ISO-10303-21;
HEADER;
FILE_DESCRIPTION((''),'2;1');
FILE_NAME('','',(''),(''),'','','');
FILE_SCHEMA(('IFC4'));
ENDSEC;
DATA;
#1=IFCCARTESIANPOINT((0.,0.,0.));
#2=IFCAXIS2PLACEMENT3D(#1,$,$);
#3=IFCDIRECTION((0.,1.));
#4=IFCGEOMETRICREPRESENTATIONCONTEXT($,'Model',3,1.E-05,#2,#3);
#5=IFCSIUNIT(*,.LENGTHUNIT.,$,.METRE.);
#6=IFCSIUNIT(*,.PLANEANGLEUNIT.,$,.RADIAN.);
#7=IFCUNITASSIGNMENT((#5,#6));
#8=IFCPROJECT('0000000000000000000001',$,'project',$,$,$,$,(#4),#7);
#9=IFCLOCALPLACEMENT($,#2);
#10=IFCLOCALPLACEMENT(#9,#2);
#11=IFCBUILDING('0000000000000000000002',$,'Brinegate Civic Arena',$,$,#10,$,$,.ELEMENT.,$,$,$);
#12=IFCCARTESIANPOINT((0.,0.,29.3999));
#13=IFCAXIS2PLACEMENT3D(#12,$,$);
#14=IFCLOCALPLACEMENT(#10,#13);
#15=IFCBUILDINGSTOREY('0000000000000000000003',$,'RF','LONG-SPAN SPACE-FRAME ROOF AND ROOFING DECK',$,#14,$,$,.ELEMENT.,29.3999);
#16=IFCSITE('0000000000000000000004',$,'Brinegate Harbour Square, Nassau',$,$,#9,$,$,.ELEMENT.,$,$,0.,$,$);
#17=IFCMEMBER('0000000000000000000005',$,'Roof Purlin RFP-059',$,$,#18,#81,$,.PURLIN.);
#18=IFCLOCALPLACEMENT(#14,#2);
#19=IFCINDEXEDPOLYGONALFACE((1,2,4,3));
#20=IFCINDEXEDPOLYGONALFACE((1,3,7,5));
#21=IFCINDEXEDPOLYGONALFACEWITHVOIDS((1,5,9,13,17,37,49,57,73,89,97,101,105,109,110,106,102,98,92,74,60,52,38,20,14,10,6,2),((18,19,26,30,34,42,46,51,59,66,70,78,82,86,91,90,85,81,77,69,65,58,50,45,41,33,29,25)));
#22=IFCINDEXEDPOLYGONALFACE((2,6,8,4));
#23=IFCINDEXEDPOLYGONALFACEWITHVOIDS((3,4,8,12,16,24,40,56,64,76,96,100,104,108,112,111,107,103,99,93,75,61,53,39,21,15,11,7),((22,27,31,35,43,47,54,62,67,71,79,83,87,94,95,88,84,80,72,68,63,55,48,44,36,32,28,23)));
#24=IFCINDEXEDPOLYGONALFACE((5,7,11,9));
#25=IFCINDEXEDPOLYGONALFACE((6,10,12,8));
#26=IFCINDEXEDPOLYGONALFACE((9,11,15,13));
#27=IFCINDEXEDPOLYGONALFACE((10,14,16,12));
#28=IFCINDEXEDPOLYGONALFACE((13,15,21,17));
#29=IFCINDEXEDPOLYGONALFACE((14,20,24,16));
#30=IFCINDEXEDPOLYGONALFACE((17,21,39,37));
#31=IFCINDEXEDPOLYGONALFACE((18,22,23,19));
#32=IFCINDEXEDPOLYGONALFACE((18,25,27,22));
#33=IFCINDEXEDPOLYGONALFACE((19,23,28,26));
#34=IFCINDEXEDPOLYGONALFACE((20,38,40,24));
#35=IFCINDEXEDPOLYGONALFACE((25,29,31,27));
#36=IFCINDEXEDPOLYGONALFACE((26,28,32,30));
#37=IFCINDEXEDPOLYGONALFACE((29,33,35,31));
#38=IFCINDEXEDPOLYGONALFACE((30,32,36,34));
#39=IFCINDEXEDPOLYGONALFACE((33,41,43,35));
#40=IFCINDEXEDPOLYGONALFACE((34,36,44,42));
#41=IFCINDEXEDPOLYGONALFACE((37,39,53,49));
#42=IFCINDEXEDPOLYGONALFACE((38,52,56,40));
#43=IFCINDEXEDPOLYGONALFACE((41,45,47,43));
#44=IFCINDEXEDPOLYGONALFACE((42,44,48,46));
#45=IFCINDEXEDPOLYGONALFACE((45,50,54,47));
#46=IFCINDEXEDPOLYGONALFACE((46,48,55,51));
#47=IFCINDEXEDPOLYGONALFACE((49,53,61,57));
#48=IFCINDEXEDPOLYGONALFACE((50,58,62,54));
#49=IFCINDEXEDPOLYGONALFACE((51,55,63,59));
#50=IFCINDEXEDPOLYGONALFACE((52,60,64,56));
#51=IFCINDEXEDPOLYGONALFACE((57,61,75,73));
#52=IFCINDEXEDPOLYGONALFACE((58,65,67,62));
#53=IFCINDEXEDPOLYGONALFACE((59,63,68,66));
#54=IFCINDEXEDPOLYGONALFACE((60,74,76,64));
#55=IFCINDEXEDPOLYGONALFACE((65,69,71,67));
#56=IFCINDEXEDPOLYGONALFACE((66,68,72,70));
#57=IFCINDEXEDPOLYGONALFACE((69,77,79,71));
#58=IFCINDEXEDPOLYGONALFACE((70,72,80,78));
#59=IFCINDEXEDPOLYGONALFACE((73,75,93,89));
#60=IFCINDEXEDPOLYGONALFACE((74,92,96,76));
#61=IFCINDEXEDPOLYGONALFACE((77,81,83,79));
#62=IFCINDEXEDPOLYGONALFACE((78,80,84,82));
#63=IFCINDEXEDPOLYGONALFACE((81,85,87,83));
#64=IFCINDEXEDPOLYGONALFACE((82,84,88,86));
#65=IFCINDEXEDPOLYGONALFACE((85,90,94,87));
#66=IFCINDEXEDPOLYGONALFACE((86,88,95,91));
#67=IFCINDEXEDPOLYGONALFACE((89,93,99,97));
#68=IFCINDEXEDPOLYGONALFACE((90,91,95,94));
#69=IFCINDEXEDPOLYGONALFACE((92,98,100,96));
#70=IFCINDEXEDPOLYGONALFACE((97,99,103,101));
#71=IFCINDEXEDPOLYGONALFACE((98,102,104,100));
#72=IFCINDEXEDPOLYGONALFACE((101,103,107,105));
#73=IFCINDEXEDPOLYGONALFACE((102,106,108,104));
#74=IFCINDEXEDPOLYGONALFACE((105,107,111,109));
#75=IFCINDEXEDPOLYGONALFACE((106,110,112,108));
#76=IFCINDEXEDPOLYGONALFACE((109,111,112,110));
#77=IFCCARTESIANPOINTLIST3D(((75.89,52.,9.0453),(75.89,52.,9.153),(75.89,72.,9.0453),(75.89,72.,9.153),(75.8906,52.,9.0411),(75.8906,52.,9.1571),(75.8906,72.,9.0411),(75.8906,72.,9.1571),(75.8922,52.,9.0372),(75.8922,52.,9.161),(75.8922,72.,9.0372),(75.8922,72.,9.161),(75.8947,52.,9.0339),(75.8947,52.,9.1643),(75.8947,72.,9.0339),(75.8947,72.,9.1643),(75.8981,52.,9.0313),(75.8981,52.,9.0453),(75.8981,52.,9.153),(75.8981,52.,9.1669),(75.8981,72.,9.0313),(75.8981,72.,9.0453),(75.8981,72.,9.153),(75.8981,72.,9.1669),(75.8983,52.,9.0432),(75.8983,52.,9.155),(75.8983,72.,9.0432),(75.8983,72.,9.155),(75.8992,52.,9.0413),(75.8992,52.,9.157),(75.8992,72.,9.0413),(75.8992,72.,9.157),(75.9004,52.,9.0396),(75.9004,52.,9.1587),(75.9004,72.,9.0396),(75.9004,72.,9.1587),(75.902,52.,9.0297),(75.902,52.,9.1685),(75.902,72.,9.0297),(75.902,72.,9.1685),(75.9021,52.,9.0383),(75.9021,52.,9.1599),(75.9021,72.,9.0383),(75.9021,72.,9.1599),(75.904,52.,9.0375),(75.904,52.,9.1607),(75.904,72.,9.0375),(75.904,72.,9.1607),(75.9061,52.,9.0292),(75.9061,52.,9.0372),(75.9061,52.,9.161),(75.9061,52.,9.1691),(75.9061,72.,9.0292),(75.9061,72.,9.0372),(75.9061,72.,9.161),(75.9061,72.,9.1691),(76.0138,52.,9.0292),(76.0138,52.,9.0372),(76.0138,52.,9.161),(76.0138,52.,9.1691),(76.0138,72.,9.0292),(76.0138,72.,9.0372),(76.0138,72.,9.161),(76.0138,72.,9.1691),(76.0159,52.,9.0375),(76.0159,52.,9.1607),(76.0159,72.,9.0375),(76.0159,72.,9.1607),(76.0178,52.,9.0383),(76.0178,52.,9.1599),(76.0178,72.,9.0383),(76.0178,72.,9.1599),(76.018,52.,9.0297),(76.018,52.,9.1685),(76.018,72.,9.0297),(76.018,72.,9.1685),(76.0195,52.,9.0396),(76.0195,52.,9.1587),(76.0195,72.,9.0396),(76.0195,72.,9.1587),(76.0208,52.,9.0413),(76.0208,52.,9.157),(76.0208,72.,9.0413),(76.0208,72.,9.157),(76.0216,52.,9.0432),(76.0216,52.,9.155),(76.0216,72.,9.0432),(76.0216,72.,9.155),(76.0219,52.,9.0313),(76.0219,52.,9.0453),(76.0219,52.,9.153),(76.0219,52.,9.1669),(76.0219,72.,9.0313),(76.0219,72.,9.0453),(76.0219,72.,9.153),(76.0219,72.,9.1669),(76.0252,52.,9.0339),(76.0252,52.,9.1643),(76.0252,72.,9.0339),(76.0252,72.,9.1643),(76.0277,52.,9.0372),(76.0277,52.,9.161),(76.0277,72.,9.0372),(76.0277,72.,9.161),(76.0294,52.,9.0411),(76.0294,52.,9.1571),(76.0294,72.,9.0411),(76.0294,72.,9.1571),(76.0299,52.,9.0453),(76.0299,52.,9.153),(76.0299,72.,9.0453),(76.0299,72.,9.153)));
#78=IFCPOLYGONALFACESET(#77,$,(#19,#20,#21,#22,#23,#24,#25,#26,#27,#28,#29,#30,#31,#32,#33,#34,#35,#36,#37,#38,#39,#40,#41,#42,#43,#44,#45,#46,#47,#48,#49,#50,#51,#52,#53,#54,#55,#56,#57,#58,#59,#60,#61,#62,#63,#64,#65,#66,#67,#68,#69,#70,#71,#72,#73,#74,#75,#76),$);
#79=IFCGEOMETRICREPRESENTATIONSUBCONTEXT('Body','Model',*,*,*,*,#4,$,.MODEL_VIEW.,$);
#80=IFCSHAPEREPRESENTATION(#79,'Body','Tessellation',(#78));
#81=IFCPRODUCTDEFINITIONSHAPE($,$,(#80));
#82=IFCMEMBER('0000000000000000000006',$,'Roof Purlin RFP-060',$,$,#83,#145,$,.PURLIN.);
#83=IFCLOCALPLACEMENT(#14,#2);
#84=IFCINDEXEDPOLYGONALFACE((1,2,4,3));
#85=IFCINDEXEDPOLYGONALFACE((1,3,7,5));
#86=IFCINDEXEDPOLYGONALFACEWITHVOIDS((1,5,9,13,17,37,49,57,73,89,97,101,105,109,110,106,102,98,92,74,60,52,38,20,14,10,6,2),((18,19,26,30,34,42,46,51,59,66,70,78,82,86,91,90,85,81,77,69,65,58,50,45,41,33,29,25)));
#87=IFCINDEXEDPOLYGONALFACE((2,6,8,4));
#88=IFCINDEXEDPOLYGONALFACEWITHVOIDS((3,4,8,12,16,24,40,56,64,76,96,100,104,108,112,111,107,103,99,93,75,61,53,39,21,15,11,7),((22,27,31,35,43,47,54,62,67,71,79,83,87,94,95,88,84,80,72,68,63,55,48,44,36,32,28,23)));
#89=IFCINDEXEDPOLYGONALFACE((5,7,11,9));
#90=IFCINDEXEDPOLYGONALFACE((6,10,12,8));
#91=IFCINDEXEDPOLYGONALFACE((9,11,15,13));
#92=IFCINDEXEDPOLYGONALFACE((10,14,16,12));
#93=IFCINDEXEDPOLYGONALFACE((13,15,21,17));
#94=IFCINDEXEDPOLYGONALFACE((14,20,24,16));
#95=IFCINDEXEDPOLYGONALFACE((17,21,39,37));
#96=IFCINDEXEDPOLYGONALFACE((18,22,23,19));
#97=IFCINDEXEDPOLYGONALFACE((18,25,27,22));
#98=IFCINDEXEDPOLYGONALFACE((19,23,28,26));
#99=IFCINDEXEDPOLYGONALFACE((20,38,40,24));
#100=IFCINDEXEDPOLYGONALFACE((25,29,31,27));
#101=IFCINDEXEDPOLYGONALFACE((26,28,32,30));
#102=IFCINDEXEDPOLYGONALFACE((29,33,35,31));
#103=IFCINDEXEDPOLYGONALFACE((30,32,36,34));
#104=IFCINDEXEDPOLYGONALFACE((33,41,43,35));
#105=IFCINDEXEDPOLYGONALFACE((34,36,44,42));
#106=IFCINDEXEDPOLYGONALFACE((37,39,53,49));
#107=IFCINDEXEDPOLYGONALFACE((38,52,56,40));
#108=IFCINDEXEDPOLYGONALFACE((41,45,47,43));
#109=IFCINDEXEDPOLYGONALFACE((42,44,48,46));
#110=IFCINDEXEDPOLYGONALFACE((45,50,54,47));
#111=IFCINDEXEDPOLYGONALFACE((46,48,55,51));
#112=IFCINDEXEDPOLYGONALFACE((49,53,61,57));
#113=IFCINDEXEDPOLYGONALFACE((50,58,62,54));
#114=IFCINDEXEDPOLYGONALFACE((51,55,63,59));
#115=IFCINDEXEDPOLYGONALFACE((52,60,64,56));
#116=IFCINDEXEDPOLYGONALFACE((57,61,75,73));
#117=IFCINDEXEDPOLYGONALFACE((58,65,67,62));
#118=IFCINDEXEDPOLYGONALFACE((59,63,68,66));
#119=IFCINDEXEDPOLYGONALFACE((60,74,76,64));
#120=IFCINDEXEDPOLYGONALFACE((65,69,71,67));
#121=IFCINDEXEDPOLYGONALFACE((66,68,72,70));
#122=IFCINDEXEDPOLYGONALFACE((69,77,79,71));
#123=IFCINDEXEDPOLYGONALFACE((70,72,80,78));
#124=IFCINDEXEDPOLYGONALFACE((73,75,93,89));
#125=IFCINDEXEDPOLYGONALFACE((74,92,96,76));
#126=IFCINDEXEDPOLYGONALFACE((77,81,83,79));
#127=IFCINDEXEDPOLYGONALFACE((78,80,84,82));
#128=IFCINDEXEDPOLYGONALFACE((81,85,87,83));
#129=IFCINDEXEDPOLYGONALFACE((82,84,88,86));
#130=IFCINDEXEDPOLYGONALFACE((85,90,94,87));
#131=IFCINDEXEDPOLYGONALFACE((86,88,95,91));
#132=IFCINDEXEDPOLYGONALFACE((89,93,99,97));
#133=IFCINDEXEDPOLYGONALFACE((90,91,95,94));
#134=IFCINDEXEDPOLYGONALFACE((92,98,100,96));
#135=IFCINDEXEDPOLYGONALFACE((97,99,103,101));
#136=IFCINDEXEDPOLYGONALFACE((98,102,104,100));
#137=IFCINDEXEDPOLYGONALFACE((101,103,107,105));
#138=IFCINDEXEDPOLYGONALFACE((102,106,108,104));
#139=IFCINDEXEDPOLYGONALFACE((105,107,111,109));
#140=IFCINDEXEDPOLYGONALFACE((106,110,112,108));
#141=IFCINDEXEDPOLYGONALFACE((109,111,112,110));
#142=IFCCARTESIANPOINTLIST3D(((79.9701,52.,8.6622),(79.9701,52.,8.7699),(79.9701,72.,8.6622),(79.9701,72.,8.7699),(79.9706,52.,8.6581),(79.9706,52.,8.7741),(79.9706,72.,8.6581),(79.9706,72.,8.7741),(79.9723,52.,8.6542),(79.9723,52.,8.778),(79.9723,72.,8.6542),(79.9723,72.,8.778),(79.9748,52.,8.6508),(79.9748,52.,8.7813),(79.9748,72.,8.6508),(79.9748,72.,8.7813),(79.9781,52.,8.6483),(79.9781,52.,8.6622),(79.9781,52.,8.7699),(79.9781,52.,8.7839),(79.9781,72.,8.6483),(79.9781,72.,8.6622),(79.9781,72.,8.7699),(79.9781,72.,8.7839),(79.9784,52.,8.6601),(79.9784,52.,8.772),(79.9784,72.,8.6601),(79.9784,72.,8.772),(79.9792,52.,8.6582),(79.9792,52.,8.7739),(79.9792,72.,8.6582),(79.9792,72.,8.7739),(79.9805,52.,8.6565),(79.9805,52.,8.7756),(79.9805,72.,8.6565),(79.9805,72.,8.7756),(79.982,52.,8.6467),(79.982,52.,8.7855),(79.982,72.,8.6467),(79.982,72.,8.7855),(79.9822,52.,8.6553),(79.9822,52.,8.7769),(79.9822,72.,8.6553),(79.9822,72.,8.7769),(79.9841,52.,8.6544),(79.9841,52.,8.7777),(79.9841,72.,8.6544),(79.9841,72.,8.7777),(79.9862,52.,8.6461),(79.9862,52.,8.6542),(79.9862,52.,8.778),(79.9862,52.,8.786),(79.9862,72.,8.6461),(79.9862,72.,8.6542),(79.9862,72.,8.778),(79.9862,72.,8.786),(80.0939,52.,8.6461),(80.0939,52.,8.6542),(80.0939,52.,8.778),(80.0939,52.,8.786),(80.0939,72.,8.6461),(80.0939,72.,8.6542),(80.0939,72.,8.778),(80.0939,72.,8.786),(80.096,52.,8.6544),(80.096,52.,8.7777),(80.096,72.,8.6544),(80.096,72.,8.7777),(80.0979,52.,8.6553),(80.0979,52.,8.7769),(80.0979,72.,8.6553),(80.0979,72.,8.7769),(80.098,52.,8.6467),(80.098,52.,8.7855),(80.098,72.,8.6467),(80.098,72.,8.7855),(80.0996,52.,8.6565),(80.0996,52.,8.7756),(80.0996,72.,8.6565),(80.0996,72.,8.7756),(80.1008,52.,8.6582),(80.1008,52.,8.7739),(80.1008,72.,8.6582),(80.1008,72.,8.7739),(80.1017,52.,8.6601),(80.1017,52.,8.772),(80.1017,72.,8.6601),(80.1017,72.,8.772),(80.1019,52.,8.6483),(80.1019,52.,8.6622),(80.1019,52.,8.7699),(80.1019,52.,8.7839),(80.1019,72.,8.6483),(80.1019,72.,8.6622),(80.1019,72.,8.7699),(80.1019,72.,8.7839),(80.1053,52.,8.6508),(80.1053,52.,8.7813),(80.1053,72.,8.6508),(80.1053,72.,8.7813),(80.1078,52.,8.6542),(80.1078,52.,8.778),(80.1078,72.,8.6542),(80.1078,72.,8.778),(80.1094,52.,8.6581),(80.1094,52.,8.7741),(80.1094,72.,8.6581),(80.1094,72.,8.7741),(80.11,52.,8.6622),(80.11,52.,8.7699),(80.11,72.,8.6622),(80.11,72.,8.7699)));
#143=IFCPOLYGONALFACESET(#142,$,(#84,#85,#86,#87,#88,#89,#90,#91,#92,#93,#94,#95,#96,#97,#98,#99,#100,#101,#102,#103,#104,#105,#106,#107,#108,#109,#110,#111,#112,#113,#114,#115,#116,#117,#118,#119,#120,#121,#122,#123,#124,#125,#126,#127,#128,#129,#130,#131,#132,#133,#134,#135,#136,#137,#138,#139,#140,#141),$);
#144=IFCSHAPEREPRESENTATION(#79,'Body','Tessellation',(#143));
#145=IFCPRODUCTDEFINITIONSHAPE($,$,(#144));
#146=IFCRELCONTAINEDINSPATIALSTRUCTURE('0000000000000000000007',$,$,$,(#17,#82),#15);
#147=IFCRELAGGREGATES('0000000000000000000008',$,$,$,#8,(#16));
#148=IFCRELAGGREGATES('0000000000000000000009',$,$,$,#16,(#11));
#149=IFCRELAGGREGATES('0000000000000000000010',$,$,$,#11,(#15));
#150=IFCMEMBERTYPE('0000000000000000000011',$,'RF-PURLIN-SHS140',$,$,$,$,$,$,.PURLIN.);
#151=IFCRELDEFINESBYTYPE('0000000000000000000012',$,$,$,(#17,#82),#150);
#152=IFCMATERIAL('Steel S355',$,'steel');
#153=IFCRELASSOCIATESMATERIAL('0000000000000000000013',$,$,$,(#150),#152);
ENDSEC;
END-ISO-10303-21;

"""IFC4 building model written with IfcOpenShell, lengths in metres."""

from ifc_helpers import new_model, si_unit, direction, frame, origin, origin_2d, place, context, subcontext, project, spatial, hollow_rectangle, extrude, material, material_profile, profile_set, type_object, element, save


model = new_model("IFC4")

# Units and contexts
model_context = context("Model", 3, precision=1e-05, world=origin(), true_north=direction((0.0, 1.0)))
body_context = subcontext(model_context, "Body", "Model", "MODEL_VIEW")
ifc_project = project(units=[si_unit("LENGTHUNIT", "METRE"), si_unit("PLANEANGLEUNIT", "RADIAN")], contexts=[model_context])

# Site, building, storey
site_placement = place(None, origin())
site = spatial("IfcSite", under=ifc_project, at=site_placement, Name="Brinegate Harbour Square, Nassau", CompositionType="ELEMENT", RefElevation=0.0)
building_placement = place(site_placement, origin())
building = spatial("IfcBuilding", under=site, at=building_placement, Name="Brinegate Civic Arena", CompositionType="ELEMENT")
storey_placement = place(building_placement, frame((0.0, 0.0, 29.3999)))
storey = spatial("IfcBuildingStorey", under=building, at=storey_placement, Name="RF", Description="LONG-SPAN SPACE-FRAME ROOF AND ROOFING DECK", CompositionType="ELEMENT", Elevation=29.3999)

# Members
ifc_material = material(Name="Steel S355", Category="steel")
ifc_material_profile_1 = material_profile(ifc_material, hollow_rectangle(XDim=0.1399, YDim=0.1399, WallThickness=0.0081, InnerFilletRadius=0.0081, OuterFilletRadius=0.0161, at=origin_2d()), Name="SHS140X8")
ifc_profile_set_1 = profile_set([ifc_material_profile_1], Name="Steel S355")
member_type_1 = type_object("IfcMemberType", Name="RF-PURLIN-SHS140", PredefinedType="PURLIN", material=ifc_profile_set_1)
for number, where, z_axis, x_axis, name in (
    (1, (75.96, 52.0, 9.0991), (0.0, 1.0, 0.0), (-1.0, 0.0, 0.0), "Roof Purlin RFP-059"),
    (2, (80.04, 52.0, 8.7161), (0.0, 1.0, 0.0), (-1.0, 0.0, 0.0), "Roof Purlin RFP-060"),
):
    element("IfcMember", number, at=place(storey_placement, frame(where, z_axis=z_axis, x_axis=x_axis)), inside=storey, type_object=member_type_1, Name=name, PredefinedType="PURLIN", context=body_context, shape_type="SweptSolid", body=[
        extrude(hollow_rectangle(XDim=0.1399, YDim=0.1399, WallThickness=0.0081, InnerFilletRadius=0.0081, OuterFilletRadius=0.0161, at=origin_2d()), origin(), (0.0, 0.0, 1.0), 20.0),
    ])

save(model, "model.ifc")
